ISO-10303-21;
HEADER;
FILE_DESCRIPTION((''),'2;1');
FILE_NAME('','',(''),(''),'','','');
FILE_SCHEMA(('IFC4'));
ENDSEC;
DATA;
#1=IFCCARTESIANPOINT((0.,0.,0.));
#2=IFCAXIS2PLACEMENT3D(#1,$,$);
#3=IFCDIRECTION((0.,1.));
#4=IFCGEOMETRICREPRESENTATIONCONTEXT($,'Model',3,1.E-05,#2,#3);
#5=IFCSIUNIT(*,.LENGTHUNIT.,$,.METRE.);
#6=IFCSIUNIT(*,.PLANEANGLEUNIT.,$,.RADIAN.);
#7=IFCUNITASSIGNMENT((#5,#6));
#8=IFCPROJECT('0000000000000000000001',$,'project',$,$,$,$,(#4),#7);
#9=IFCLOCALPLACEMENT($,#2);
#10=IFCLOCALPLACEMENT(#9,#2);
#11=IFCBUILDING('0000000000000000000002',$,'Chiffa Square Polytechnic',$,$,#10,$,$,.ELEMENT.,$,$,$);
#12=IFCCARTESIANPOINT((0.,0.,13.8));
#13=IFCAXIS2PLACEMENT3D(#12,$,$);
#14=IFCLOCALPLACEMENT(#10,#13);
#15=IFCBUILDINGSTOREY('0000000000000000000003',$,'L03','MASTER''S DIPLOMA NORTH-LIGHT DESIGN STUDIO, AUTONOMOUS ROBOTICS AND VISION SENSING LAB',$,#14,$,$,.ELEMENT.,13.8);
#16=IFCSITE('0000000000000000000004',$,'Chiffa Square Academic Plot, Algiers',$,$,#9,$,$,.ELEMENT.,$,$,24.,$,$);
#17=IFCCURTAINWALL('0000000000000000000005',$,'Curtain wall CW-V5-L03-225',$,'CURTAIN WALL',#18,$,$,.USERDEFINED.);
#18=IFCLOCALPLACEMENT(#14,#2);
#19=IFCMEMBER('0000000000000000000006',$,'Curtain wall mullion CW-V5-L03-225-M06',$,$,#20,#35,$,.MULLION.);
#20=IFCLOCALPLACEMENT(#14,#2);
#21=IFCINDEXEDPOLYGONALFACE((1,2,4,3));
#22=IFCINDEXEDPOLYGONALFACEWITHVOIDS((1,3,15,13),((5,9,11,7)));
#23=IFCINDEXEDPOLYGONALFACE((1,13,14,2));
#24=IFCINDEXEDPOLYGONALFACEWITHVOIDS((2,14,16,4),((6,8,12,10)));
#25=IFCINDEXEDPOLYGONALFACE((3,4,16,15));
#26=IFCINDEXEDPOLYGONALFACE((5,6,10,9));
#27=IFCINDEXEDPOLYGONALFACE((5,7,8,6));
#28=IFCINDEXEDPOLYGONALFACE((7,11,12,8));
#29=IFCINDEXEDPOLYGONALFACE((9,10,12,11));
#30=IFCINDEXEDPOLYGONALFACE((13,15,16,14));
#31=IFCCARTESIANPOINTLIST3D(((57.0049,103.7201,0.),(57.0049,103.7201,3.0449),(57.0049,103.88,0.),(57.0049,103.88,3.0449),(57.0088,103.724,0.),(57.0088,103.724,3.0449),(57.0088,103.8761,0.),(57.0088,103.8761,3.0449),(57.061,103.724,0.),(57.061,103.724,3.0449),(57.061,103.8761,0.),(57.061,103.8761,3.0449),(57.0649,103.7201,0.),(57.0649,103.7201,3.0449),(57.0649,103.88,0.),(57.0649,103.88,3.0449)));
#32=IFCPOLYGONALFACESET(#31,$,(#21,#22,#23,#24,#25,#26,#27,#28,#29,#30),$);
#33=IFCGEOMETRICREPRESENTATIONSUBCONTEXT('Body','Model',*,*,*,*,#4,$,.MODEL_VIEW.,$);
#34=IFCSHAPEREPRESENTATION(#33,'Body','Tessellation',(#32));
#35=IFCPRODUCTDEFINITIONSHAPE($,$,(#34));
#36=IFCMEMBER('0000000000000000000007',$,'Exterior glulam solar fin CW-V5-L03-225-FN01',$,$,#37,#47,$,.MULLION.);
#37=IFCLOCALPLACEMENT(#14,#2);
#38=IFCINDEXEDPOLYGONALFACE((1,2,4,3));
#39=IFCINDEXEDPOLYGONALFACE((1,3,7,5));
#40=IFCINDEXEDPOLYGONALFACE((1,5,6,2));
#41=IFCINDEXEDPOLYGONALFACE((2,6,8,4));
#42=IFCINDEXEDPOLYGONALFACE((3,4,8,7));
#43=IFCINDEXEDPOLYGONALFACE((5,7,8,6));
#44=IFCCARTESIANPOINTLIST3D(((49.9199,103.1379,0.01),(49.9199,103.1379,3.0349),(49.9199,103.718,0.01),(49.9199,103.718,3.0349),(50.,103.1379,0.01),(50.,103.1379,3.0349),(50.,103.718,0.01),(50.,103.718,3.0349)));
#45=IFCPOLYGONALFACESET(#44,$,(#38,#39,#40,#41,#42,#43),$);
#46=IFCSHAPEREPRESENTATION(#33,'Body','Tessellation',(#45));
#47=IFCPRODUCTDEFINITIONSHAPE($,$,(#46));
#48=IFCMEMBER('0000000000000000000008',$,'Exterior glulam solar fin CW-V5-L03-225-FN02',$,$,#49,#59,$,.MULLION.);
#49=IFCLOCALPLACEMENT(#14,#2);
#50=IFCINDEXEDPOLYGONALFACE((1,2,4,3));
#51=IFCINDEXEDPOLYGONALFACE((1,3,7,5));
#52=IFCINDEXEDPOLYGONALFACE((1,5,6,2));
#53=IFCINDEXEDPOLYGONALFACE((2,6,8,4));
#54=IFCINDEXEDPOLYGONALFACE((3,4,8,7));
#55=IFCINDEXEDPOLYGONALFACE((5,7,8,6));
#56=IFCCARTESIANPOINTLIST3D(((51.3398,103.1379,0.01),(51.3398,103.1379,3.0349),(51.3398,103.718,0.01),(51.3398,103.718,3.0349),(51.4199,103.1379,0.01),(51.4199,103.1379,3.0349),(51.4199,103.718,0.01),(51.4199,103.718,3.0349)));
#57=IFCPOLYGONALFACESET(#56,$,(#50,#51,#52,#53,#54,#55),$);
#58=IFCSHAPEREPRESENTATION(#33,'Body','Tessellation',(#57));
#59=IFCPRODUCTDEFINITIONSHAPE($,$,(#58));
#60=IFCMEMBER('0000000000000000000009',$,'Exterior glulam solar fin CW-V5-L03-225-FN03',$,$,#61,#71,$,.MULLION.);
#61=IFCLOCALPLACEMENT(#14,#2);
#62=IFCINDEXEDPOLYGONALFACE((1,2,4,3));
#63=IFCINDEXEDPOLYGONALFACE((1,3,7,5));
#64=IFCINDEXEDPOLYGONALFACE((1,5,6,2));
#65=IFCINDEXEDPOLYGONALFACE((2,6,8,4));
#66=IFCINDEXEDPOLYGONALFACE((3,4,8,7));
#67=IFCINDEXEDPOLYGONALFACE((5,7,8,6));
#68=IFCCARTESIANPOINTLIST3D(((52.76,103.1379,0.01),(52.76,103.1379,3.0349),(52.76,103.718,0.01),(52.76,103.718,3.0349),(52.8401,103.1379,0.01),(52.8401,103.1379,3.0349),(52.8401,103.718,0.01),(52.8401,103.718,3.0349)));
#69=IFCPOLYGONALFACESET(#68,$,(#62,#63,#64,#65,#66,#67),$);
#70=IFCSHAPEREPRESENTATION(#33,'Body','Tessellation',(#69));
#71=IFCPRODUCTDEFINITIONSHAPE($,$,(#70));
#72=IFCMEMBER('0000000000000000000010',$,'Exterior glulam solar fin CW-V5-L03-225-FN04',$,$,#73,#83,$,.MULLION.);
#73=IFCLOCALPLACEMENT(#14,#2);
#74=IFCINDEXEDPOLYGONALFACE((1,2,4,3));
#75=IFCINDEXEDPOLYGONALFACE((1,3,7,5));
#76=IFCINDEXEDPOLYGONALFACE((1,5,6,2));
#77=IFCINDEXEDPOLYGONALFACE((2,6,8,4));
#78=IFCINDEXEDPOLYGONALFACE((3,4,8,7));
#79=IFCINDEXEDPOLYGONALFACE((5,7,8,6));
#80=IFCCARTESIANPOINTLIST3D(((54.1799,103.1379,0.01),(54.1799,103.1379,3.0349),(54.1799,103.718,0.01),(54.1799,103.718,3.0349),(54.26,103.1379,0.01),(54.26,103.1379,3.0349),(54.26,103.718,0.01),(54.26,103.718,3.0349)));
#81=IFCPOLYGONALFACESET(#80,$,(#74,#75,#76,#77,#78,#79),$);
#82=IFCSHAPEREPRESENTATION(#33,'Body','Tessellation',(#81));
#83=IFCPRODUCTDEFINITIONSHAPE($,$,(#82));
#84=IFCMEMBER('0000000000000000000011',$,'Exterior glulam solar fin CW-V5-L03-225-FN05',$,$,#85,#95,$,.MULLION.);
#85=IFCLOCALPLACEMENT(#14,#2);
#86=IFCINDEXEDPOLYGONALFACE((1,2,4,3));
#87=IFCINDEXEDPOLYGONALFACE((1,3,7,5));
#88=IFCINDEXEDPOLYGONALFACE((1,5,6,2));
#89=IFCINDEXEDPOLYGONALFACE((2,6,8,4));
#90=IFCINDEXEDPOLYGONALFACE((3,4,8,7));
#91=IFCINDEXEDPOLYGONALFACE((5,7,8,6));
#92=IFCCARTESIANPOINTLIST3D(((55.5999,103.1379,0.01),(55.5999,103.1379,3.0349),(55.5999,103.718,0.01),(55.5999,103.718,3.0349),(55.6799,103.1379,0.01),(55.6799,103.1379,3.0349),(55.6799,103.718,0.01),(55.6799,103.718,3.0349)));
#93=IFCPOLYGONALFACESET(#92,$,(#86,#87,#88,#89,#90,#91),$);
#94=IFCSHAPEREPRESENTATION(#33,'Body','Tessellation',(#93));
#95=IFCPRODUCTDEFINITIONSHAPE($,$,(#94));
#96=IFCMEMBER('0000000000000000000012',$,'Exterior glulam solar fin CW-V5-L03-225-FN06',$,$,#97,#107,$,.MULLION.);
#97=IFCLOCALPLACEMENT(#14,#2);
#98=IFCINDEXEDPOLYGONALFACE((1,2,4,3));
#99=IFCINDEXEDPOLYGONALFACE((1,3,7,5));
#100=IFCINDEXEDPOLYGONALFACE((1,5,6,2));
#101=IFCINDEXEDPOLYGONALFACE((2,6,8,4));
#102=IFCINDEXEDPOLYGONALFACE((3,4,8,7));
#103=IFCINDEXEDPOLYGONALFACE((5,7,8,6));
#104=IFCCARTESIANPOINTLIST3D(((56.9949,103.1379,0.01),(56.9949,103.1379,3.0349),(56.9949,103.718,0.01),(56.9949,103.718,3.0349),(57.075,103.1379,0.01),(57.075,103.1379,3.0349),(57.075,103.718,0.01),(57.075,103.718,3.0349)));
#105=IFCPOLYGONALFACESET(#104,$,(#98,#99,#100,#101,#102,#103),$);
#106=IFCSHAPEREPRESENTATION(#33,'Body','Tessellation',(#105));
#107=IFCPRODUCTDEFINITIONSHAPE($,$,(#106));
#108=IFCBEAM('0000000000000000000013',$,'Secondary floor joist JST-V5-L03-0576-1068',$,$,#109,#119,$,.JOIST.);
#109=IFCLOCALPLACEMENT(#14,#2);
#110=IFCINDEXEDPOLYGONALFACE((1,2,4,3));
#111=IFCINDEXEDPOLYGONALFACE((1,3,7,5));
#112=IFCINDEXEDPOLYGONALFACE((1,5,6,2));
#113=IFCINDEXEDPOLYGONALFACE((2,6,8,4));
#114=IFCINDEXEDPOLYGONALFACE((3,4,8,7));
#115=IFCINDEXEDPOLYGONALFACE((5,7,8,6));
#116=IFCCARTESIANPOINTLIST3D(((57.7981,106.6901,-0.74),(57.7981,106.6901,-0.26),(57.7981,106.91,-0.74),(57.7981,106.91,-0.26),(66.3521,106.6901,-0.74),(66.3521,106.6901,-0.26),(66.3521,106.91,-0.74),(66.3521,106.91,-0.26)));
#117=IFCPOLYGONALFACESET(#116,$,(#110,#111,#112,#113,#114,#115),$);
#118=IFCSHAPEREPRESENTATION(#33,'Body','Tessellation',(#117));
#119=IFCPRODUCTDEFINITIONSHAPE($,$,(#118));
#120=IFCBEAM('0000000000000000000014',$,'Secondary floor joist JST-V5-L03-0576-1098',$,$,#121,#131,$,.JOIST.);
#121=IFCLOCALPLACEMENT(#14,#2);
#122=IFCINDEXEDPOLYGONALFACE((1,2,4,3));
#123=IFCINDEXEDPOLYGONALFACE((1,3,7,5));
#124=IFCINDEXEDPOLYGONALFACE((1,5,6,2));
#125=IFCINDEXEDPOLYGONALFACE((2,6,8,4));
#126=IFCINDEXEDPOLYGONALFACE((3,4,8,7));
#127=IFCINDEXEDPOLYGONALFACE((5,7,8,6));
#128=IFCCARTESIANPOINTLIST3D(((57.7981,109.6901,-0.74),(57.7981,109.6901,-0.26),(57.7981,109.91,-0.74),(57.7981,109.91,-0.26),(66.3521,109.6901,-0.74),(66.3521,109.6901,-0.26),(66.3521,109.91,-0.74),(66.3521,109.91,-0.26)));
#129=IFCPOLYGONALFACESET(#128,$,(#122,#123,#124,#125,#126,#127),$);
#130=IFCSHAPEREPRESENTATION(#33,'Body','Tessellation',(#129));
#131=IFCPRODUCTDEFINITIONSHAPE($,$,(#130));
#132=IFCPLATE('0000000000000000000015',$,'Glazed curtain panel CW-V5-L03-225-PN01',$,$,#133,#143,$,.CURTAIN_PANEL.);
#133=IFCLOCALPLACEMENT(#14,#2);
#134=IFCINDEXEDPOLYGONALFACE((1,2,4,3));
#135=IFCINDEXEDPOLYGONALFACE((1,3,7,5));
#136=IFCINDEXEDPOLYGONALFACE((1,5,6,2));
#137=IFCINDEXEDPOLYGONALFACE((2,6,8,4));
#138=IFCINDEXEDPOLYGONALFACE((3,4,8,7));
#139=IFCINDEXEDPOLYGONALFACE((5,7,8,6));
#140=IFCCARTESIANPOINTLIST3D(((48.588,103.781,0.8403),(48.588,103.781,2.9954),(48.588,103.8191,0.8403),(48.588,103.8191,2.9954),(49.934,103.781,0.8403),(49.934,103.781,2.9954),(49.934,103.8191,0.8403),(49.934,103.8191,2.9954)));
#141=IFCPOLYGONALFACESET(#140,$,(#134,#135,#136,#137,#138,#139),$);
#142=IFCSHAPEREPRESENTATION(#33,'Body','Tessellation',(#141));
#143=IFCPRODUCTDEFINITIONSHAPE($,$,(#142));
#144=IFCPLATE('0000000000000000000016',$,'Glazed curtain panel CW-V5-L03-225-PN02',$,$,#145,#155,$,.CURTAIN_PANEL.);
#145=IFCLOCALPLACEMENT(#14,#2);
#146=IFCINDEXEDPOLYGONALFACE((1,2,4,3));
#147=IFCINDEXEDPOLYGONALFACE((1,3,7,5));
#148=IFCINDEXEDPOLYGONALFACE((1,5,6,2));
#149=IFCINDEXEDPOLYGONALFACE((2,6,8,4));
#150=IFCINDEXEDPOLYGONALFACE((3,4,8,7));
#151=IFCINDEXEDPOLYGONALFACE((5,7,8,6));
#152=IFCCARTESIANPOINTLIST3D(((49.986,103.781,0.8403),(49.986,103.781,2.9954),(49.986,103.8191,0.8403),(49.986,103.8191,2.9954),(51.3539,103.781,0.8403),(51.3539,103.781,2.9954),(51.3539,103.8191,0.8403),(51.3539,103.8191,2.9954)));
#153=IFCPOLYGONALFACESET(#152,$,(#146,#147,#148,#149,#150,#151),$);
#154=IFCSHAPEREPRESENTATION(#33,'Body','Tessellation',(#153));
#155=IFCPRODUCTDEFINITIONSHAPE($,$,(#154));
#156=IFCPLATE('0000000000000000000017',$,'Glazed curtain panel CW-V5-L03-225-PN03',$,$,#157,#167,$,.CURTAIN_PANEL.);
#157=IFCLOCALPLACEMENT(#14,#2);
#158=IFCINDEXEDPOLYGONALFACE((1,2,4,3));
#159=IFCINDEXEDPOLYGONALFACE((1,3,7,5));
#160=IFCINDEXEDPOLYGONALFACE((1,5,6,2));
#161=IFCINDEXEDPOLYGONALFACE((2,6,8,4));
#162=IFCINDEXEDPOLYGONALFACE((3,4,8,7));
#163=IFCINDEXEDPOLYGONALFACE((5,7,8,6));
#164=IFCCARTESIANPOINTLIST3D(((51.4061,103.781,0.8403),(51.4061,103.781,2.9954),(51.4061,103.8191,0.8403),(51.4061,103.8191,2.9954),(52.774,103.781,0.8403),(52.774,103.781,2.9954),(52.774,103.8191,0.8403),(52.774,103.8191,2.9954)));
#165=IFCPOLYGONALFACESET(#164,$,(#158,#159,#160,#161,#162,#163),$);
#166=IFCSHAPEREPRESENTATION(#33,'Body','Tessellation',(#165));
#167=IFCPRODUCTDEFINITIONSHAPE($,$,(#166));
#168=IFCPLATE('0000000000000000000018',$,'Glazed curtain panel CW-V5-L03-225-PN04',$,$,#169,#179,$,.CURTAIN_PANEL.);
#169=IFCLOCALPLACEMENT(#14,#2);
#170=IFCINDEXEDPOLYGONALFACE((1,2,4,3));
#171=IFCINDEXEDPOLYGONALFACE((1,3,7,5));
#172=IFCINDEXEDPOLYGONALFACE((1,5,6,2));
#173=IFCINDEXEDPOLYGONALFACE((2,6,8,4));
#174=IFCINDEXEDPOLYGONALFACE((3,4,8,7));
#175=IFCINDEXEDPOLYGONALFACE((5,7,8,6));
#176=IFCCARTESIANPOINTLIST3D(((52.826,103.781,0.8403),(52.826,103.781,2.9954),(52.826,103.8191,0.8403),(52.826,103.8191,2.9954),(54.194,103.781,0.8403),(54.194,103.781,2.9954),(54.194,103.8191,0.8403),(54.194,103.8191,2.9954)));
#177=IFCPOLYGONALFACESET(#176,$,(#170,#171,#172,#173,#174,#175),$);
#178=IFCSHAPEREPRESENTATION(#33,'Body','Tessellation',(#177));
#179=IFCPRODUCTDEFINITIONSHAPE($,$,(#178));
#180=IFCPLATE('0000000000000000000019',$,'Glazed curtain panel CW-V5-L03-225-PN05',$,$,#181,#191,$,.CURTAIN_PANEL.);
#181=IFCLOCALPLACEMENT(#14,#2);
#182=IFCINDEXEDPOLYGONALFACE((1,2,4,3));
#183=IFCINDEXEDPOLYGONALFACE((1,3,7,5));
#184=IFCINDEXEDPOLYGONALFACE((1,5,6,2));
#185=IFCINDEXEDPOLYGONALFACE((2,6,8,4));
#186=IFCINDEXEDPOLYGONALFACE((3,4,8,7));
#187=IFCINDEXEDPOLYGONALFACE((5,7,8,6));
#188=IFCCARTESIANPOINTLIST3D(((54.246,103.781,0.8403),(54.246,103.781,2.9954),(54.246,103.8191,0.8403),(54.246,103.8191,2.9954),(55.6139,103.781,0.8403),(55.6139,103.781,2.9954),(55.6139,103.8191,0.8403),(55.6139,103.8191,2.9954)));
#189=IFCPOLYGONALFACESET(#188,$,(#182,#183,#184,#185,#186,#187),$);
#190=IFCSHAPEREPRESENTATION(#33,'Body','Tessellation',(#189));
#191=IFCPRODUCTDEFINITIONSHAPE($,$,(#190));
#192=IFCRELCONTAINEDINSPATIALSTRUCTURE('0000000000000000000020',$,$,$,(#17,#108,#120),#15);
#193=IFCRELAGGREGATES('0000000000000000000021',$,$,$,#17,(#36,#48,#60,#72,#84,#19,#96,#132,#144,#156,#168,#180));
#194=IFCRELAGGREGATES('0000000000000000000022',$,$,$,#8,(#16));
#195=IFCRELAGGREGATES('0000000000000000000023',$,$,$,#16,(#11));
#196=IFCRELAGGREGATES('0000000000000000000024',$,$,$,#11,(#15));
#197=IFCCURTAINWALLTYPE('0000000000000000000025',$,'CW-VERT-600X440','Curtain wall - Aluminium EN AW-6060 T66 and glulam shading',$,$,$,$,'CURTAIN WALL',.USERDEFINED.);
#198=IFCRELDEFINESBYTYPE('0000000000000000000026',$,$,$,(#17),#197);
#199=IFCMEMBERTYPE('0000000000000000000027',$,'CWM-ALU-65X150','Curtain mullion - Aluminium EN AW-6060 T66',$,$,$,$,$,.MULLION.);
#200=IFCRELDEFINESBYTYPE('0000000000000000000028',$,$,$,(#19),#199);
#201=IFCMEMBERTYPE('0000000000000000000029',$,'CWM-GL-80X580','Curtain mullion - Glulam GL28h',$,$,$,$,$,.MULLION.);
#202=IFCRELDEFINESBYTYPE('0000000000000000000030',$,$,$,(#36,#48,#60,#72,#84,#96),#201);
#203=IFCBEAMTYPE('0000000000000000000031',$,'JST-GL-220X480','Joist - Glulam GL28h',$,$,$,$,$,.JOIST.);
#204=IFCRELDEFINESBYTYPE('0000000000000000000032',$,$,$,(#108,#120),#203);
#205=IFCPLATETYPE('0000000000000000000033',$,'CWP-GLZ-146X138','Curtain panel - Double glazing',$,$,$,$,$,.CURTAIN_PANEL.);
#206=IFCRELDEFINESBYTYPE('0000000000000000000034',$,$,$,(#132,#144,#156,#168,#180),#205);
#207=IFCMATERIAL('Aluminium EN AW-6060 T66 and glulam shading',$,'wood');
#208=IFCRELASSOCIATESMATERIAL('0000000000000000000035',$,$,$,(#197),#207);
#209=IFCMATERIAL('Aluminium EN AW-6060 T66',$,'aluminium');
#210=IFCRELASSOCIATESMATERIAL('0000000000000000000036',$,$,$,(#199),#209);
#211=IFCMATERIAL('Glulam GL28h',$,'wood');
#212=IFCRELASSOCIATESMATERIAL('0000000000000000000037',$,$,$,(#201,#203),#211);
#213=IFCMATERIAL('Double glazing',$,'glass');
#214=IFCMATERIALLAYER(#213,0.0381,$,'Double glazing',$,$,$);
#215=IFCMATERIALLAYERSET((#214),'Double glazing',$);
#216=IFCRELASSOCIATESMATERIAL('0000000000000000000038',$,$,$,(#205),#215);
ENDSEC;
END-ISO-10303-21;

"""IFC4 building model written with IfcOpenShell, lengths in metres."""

from ifc_helpers import new_model, si_unit, direction, frame, origin, origin_2d, place, context, subcontext, project, spatial, rectangle, hollow_rectangle, extrude, material, layer, layer_set, material_profile, profile_set, type_object, element, aggregate, save


model = new_model("IFC4")

# Units and contexts
model_context = context("Model", 3, precision=1e-05, world=origin(), true_north=direction((0.0, 1.0)))
body_context = subcontext(model_context, "Body", "Model", "MODEL_VIEW")
ifc_project = project(units=[si_unit("LENGTHUNIT", "METRE"), si_unit("PLANEANGLEUNIT", "RADIAN")], contexts=[model_context])

# Site, building, storey
site_placement = place(None, origin())
site = spatial("IfcSite", under=ifc_project, at=site_placement, Name="Chiffa Square Academic Plot, Algiers", CompositionType="ELEMENT", RefElevation=24.0)
building_placement = place(site_placement, origin())
building = spatial("IfcBuilding", under=site, at=building_placement, Name="Chiffa Square Polytechnic", CompositionType="ELEMENT")
storey_placement = place(building_placement, frame((0.0, 0.0, 13.8)))
storey = spatial("IfcBuildingStorey", under=building, at=storey_placement, Name="L03", Description="MASTER'S DIPLOMA NORTH-LIGHT DESIGN STUDIO, AUTONOMOUS ROBOTICS AND VISION SENSING LAB", CompositionType="ELEMENT", Elevation=13.8)

# Curtain wall, members
ifc_material_1 = material(Name="Aluminium EN AW-6060 T66 and glulam shading", Category="wood")
curtain_wall_type = type_object("IfcCurtainWallType", Name="CW-VERT-600X440", Description="Curtain wall - Aluminium EN AW-6060 T66 and glulam shading", ElementType="CURTAIN WALL", PredefinedType="USERDEFINED", material=ifc_material_1)
curtain_wall_placement = place(storey_placement, origin())
curtain_wall = element("IfcCurtainWall", 1, at=curtain_wall_placement, inside=storey, type_object=curtain_wall_type, Name="Curtain wall CW-V5-L03-225", ObjectType="CURTAIN WALL", PredefinedType="USERDEFINED")
ifc_material_2 = material(Name="Aluminium EN AW-6060 T66", Category="aluminium")
ifc_material_profile_1 = material_profile(ifc_material_2, hollow_rectangle(XDim=0.0601, YDim=0.1599, WallThickness=0.0039, at=origin_2d()), Name="ALU 60x160x4")
ifc_profile_set_1 = profile_set([ifc_material_profile_1], Name="Aluminium EN AW-6060 T66")
member_type_1 = type_object("IfcMemberType", Name="CWM-ALU-65X150", Description="Curtain mullion - Aluminium EN AW-6060 T66", PredefinedType="MULLION", material=ifc_profile_set_1)
member_1_placement = place(storey_placement, frame((57.0349, 103.8, 0.0), z_axis=(0.0, 0.0, 1.0), x_axis=(1.0, 0.0, 0.0)))
member_1 = element("IfcMember", 2, at=member_1_placement, type_object=member_type_1, Name="Curtain wall mullion CW-V5-L03-225-M06", PredefinedType="MULLION", context=body_context, shape_type="SweptSolid", body=[
    extrude(hollow_rectangle(XDim=0.0601, YDim=0.1599, WallThickness=0.0039, at=origin_2d()), origin(), (0.0, 0.0, 1.0), 3.0449),
])
ifc_material_3 = material(Name="Glulam GL28h", Category="wood")
ifc_material_profile_2 = material_profile(ifc_material_3, rectangle(XDim=0.0801, YDim=0.5801, at=origin_2d()), Name="GL28h 80x580")
ifc_profile_set_2 = profile_set([ifc_material_profile_2], Name="Glulam GL28h")
member_type_2 = type_object("IfcMemberType", Name="CWM-GL-80X580", Description="Curtain mullion - Glulam GL28h", PredefinedType="MULLION", material=ifc_profile_set_2)
member_2_placement = place(storey_placement, frame((49.96, 103.428, 0.01), z_axis=(0.0, 0.0, 1.0), x_axis=(1.0, 0.0, 0.0)))
member_2 = element("IfcMember", 3, at=member_2_placement, type_object=member_type_2, Name="Exterior glulam solar fin CW-V5-L03-225-FN01", PredefinedType="MULLION", context=body_context, shape_type="SweptSolid", body=[
    extrude(rectangle(XDim=0.0801, YDim=0.5801, at=origin_2d()), origin(), (0.0, 0.0, 1.0), 3.0249),
])
member_3_placement = place(storey_placement, frame((51.3799, 103.428, 0.01), z_axis=(0.0, 0.0, 1.0), x_axis=(1.0, 0.0, 0.0)))
member_3 = element("IfcMember", 4, at=member_3_placement, type_object=member_type_2, Name="Exterior glulam solar fin CW-V5-L03-225-FN02", PredefinedType="MULLION", context=body_context, shape_type="SweptSolid", body=[
    extrude(rectangle(XDim=0.0801, YDim=0.5801, at=origin_2d()), origin(), (0.0, 0.0, 1.0), 3.0249),
])
member_4_placement = place(storey_placement, frame((52.8, 103.428, 0.01), z_axis=(0.0, 0.0, 1.0), x_axis=(1.0, 0.0, 0.0)))
member_4 = element("IfcMember", 5, at=member_4_placement, type_object=member_type_2, Name="Exterior glulam solar fin CW-V5-L03-225-FN03", PredefinedType="MULLION", context=body_context, shape_type="SweptSolid", body=[
    extrude(rectangle(XDim=0.0801, YDim=0.5801, at=origin_2d()), origin(), (0.0, 0.0, 1.0), 3.0249),
])
member_5_placement = place(storey_placement, frame((54.22, 103.428, 0.01), z_axis=(0.0, 0.0, 1.0), x_axis=(1.0, 0.0, 0.0)))
member_5 = element("IfcMember", 6, at=member_5_placement, type_object=member_type_2, Name="Exterior glulam solar fin CW-V5-L03-225-FN04", PredefinedType="MULLION", context=body_context, shape_type="SweptSolid", body=[
    extrude(rectangle(XDim=0.0801, YDim=0.5801, at=origin_2d()), origin(), (0.0, 0.0, 1.0), 3.0249),
])
member_6_placement = place(storey_placement, frame((55.6399, 103.428, 0.01), z_axis=(0.0, 0.0, 1.0), x_axis=(1.0, 0.0, 0.0)))
member_6 = element("IfcMember", 7, at=member_6_placement, type_object=member_type_2, Name="Exterior glulam solar fin CW-V5-L03-225-FN05", PredefinedType="MULLION", context=body_context, shape_type="SweptSolid", body=[
    extrude(rectangle(XDim=0.0801, YDim=0.5801, at=origin_2d()), origin(), (0.0, 0.0, 1.0), 3.0249),
])
member_7_placement = place(storey_placement, frame((57.0349, 103.428, 0.01), z_axis=(0.0, 0.0, 1.0), x_axis=(1.0, 0.0, 0.0)))
member_7 = element("IfcMember", 8, at=member_7_placement, type_object=member_type_2, Name="Exterior glulam solar fin CW-V5-L03-225-FN06", PredefinedType="MULLION", context=body_context, shape_type="SweptSolid", body=[
    extrude(rectangle(XDim=0.0801, YDim=0.5801, at=origin_2d()), origin(), (0.0, 0.0, 1.0), 3.0249),
])

# Beams
ifc_material_profile_3 = material_profile(ifc_material_3, rectangle(XDim=0.22, YDim=0.48, at=origin_2d()), Name="GL28h 220x480")
ifc_profile_set_3 = profile_set([ifc_material_profile_3], Name="Glulam GL28h")
beam_type_1 = type_object("IfcBeamType", Name="JST-GL-220X480", Description="Joist - Glulam GL28h", PredefinedType="JOIST", material=ifc_profile_set_3)
for number, where, z_axis, x_axis, name in (
    (9, (57.7981, 106.8, -0.5), (1.0, 0.0, 0.0), (0.0, 1.0, 0.0), "Secondary floor joist JST-V5-L03-0576-1068"),
    (10, (57.7981, 109.8, -0.5), (1.0, 0.0, 0.0), (0.0, 1.0, 0.0), "Secondary floor joist JST-V5-L03-0576-1098"),
):
    element("IfcBeam", number, at=place(storey_placement, frame(where, z_axis=z_axis, x_axis=x_axis)), inside=storey, type_object=beam_type_1, Name=name, PredefinedType="JOIST", context=body_context, shape_type="SweptSolid", body=[
        extrude(rectangle(XDim=0.22, YDim=0.48, at=origin_2d()), origin(), (0.0, 0.0, 1.0), 8.554),
    ])

# Plates
ifc_material_4 = material(Name="Double glazing", Category="glass")
ifc_layer_1 = layer(ifc_material_4, 0.0381, Name="Double glazing")
ifc_layer_set_1 = layer_set([ifc_layer_1], Name="Double glazing")
plate_type_1 = type_object("IfcPlateType", Name="CWP-GLZ-146X138", Description="Curtain panel - Double glazing", PredefinedType="CURTAIN_PANEL", material=ifc_layer_set_1)
plate_1_placement = place(storey_placement, frame((49.261, 103.8, 0.8403), z_axis=(0.0, 0.0, 1.0), x_axis=(1.0, 0.0, 0.0)))
plate_1 = element("IfcPlate", 11, at=plate_1_placement, type_object=plate_type_1, Name="Glazed curtain panel CW-V5-L03-225-PN01", PredefinedType="CURTAIN_PANEL", context=body_context, shape_type="SweptSolid", body=[
    extrude(rectangle(XDim=1.3459, YDim=0.0381, at=origin_2d()), origin(), (0.0, 0.0, 1.0), 2.155),
])
plate_2_placement = place(storey_placement, frame((50.6699, 103.8, 0.8403), z_axis=(0.0, 0.0, 1.0), x_axis=(1.0, 0.0, 0.0)))
plate_2 = element("IfcPlate", 12, at=plate_2_placement, type_object=plate_type_1, Name="Glazed curtain panel CW-V5-L03-225-PN02", PredefinedType="CURTAIN_PANEL", context=body_context, shape_type="SweptSolid", body=[
    extrude(rectangle(XDim=1.3679, YDim=0.0381, at=origin_2d()), origin(), (0.0, 0.0, 1.0), 2.155),
])
plate_3_placement = place(storey_placement, frame((52.0901, 103.8, 0.8403), z_axis=(0.0, 0.0, 1.0), x_axis=(1.0, 0.0, 0.0)))
plate_3 = element("IfcPlate", 13, at=plate_3_placement, type_object=plate_type_1, Name="Glazed curtain panel CW-V5-L03-225-PN03", PredefinedType="CURTAIN_PANEL", context=body_context, shape_type="SweptSolid", body=[
    extrude(rectangle(XDim=1.3679, YDim=0.0381, at=origin_2d()), origin(), (0.0, 0.0, 1.0), 2.155),
])
plate_4_placement = place(storey_placement, frame((53.51, 103.8, 0.8403), z_axis=(0.0, 0.0, 1.0), x_axis=(1.0, 0.0, 0.0)))
plate_4 = element("IfcPlate", 14, at=plate_4_placement, type_object=plate_type_1, Name="Glazed curtain panel CW-V5-L03-225-PN04", PredefinedType="CURTAIN_PANEL", context=body_context, shape_type="SweptSolid", body=[
    extrude(rectangle(XDim=1.3679, YDim=0.0381, at=origin_2d()), origin(), (0.0, 0.0, 1.0), 2.155),
])
plate_5_placement = place(storey_placement, frame((54.9299, 103.8, 0.8403), z_axis=(0.0, 0.0, 1.0), x_axis=(1.0, 0.0, 0.0)))
plate_5 = element("IfcPlate", 15, at=plate_5_placement, type_object=plate_type_1, Name="Glazed curtain panel CW-V5-L03-225-PN05", PredefinedType="CURTAIN_PANEL", context=body_context, shape_type="SweptSolid", body=[
    extrude(rectangle(XDim=1.3679, YDim=0.0381, at=origin_2d()), origin(), (0.0, 0.0, 1.0), 2.155),
])
aggregate(curtain_wall, [member_2, member_3, member_4, member_5, member_6, member_1, member_7, plate_1, plate_2, plate_3, plate_4, plate_5])

save(model, "model.ifc")
